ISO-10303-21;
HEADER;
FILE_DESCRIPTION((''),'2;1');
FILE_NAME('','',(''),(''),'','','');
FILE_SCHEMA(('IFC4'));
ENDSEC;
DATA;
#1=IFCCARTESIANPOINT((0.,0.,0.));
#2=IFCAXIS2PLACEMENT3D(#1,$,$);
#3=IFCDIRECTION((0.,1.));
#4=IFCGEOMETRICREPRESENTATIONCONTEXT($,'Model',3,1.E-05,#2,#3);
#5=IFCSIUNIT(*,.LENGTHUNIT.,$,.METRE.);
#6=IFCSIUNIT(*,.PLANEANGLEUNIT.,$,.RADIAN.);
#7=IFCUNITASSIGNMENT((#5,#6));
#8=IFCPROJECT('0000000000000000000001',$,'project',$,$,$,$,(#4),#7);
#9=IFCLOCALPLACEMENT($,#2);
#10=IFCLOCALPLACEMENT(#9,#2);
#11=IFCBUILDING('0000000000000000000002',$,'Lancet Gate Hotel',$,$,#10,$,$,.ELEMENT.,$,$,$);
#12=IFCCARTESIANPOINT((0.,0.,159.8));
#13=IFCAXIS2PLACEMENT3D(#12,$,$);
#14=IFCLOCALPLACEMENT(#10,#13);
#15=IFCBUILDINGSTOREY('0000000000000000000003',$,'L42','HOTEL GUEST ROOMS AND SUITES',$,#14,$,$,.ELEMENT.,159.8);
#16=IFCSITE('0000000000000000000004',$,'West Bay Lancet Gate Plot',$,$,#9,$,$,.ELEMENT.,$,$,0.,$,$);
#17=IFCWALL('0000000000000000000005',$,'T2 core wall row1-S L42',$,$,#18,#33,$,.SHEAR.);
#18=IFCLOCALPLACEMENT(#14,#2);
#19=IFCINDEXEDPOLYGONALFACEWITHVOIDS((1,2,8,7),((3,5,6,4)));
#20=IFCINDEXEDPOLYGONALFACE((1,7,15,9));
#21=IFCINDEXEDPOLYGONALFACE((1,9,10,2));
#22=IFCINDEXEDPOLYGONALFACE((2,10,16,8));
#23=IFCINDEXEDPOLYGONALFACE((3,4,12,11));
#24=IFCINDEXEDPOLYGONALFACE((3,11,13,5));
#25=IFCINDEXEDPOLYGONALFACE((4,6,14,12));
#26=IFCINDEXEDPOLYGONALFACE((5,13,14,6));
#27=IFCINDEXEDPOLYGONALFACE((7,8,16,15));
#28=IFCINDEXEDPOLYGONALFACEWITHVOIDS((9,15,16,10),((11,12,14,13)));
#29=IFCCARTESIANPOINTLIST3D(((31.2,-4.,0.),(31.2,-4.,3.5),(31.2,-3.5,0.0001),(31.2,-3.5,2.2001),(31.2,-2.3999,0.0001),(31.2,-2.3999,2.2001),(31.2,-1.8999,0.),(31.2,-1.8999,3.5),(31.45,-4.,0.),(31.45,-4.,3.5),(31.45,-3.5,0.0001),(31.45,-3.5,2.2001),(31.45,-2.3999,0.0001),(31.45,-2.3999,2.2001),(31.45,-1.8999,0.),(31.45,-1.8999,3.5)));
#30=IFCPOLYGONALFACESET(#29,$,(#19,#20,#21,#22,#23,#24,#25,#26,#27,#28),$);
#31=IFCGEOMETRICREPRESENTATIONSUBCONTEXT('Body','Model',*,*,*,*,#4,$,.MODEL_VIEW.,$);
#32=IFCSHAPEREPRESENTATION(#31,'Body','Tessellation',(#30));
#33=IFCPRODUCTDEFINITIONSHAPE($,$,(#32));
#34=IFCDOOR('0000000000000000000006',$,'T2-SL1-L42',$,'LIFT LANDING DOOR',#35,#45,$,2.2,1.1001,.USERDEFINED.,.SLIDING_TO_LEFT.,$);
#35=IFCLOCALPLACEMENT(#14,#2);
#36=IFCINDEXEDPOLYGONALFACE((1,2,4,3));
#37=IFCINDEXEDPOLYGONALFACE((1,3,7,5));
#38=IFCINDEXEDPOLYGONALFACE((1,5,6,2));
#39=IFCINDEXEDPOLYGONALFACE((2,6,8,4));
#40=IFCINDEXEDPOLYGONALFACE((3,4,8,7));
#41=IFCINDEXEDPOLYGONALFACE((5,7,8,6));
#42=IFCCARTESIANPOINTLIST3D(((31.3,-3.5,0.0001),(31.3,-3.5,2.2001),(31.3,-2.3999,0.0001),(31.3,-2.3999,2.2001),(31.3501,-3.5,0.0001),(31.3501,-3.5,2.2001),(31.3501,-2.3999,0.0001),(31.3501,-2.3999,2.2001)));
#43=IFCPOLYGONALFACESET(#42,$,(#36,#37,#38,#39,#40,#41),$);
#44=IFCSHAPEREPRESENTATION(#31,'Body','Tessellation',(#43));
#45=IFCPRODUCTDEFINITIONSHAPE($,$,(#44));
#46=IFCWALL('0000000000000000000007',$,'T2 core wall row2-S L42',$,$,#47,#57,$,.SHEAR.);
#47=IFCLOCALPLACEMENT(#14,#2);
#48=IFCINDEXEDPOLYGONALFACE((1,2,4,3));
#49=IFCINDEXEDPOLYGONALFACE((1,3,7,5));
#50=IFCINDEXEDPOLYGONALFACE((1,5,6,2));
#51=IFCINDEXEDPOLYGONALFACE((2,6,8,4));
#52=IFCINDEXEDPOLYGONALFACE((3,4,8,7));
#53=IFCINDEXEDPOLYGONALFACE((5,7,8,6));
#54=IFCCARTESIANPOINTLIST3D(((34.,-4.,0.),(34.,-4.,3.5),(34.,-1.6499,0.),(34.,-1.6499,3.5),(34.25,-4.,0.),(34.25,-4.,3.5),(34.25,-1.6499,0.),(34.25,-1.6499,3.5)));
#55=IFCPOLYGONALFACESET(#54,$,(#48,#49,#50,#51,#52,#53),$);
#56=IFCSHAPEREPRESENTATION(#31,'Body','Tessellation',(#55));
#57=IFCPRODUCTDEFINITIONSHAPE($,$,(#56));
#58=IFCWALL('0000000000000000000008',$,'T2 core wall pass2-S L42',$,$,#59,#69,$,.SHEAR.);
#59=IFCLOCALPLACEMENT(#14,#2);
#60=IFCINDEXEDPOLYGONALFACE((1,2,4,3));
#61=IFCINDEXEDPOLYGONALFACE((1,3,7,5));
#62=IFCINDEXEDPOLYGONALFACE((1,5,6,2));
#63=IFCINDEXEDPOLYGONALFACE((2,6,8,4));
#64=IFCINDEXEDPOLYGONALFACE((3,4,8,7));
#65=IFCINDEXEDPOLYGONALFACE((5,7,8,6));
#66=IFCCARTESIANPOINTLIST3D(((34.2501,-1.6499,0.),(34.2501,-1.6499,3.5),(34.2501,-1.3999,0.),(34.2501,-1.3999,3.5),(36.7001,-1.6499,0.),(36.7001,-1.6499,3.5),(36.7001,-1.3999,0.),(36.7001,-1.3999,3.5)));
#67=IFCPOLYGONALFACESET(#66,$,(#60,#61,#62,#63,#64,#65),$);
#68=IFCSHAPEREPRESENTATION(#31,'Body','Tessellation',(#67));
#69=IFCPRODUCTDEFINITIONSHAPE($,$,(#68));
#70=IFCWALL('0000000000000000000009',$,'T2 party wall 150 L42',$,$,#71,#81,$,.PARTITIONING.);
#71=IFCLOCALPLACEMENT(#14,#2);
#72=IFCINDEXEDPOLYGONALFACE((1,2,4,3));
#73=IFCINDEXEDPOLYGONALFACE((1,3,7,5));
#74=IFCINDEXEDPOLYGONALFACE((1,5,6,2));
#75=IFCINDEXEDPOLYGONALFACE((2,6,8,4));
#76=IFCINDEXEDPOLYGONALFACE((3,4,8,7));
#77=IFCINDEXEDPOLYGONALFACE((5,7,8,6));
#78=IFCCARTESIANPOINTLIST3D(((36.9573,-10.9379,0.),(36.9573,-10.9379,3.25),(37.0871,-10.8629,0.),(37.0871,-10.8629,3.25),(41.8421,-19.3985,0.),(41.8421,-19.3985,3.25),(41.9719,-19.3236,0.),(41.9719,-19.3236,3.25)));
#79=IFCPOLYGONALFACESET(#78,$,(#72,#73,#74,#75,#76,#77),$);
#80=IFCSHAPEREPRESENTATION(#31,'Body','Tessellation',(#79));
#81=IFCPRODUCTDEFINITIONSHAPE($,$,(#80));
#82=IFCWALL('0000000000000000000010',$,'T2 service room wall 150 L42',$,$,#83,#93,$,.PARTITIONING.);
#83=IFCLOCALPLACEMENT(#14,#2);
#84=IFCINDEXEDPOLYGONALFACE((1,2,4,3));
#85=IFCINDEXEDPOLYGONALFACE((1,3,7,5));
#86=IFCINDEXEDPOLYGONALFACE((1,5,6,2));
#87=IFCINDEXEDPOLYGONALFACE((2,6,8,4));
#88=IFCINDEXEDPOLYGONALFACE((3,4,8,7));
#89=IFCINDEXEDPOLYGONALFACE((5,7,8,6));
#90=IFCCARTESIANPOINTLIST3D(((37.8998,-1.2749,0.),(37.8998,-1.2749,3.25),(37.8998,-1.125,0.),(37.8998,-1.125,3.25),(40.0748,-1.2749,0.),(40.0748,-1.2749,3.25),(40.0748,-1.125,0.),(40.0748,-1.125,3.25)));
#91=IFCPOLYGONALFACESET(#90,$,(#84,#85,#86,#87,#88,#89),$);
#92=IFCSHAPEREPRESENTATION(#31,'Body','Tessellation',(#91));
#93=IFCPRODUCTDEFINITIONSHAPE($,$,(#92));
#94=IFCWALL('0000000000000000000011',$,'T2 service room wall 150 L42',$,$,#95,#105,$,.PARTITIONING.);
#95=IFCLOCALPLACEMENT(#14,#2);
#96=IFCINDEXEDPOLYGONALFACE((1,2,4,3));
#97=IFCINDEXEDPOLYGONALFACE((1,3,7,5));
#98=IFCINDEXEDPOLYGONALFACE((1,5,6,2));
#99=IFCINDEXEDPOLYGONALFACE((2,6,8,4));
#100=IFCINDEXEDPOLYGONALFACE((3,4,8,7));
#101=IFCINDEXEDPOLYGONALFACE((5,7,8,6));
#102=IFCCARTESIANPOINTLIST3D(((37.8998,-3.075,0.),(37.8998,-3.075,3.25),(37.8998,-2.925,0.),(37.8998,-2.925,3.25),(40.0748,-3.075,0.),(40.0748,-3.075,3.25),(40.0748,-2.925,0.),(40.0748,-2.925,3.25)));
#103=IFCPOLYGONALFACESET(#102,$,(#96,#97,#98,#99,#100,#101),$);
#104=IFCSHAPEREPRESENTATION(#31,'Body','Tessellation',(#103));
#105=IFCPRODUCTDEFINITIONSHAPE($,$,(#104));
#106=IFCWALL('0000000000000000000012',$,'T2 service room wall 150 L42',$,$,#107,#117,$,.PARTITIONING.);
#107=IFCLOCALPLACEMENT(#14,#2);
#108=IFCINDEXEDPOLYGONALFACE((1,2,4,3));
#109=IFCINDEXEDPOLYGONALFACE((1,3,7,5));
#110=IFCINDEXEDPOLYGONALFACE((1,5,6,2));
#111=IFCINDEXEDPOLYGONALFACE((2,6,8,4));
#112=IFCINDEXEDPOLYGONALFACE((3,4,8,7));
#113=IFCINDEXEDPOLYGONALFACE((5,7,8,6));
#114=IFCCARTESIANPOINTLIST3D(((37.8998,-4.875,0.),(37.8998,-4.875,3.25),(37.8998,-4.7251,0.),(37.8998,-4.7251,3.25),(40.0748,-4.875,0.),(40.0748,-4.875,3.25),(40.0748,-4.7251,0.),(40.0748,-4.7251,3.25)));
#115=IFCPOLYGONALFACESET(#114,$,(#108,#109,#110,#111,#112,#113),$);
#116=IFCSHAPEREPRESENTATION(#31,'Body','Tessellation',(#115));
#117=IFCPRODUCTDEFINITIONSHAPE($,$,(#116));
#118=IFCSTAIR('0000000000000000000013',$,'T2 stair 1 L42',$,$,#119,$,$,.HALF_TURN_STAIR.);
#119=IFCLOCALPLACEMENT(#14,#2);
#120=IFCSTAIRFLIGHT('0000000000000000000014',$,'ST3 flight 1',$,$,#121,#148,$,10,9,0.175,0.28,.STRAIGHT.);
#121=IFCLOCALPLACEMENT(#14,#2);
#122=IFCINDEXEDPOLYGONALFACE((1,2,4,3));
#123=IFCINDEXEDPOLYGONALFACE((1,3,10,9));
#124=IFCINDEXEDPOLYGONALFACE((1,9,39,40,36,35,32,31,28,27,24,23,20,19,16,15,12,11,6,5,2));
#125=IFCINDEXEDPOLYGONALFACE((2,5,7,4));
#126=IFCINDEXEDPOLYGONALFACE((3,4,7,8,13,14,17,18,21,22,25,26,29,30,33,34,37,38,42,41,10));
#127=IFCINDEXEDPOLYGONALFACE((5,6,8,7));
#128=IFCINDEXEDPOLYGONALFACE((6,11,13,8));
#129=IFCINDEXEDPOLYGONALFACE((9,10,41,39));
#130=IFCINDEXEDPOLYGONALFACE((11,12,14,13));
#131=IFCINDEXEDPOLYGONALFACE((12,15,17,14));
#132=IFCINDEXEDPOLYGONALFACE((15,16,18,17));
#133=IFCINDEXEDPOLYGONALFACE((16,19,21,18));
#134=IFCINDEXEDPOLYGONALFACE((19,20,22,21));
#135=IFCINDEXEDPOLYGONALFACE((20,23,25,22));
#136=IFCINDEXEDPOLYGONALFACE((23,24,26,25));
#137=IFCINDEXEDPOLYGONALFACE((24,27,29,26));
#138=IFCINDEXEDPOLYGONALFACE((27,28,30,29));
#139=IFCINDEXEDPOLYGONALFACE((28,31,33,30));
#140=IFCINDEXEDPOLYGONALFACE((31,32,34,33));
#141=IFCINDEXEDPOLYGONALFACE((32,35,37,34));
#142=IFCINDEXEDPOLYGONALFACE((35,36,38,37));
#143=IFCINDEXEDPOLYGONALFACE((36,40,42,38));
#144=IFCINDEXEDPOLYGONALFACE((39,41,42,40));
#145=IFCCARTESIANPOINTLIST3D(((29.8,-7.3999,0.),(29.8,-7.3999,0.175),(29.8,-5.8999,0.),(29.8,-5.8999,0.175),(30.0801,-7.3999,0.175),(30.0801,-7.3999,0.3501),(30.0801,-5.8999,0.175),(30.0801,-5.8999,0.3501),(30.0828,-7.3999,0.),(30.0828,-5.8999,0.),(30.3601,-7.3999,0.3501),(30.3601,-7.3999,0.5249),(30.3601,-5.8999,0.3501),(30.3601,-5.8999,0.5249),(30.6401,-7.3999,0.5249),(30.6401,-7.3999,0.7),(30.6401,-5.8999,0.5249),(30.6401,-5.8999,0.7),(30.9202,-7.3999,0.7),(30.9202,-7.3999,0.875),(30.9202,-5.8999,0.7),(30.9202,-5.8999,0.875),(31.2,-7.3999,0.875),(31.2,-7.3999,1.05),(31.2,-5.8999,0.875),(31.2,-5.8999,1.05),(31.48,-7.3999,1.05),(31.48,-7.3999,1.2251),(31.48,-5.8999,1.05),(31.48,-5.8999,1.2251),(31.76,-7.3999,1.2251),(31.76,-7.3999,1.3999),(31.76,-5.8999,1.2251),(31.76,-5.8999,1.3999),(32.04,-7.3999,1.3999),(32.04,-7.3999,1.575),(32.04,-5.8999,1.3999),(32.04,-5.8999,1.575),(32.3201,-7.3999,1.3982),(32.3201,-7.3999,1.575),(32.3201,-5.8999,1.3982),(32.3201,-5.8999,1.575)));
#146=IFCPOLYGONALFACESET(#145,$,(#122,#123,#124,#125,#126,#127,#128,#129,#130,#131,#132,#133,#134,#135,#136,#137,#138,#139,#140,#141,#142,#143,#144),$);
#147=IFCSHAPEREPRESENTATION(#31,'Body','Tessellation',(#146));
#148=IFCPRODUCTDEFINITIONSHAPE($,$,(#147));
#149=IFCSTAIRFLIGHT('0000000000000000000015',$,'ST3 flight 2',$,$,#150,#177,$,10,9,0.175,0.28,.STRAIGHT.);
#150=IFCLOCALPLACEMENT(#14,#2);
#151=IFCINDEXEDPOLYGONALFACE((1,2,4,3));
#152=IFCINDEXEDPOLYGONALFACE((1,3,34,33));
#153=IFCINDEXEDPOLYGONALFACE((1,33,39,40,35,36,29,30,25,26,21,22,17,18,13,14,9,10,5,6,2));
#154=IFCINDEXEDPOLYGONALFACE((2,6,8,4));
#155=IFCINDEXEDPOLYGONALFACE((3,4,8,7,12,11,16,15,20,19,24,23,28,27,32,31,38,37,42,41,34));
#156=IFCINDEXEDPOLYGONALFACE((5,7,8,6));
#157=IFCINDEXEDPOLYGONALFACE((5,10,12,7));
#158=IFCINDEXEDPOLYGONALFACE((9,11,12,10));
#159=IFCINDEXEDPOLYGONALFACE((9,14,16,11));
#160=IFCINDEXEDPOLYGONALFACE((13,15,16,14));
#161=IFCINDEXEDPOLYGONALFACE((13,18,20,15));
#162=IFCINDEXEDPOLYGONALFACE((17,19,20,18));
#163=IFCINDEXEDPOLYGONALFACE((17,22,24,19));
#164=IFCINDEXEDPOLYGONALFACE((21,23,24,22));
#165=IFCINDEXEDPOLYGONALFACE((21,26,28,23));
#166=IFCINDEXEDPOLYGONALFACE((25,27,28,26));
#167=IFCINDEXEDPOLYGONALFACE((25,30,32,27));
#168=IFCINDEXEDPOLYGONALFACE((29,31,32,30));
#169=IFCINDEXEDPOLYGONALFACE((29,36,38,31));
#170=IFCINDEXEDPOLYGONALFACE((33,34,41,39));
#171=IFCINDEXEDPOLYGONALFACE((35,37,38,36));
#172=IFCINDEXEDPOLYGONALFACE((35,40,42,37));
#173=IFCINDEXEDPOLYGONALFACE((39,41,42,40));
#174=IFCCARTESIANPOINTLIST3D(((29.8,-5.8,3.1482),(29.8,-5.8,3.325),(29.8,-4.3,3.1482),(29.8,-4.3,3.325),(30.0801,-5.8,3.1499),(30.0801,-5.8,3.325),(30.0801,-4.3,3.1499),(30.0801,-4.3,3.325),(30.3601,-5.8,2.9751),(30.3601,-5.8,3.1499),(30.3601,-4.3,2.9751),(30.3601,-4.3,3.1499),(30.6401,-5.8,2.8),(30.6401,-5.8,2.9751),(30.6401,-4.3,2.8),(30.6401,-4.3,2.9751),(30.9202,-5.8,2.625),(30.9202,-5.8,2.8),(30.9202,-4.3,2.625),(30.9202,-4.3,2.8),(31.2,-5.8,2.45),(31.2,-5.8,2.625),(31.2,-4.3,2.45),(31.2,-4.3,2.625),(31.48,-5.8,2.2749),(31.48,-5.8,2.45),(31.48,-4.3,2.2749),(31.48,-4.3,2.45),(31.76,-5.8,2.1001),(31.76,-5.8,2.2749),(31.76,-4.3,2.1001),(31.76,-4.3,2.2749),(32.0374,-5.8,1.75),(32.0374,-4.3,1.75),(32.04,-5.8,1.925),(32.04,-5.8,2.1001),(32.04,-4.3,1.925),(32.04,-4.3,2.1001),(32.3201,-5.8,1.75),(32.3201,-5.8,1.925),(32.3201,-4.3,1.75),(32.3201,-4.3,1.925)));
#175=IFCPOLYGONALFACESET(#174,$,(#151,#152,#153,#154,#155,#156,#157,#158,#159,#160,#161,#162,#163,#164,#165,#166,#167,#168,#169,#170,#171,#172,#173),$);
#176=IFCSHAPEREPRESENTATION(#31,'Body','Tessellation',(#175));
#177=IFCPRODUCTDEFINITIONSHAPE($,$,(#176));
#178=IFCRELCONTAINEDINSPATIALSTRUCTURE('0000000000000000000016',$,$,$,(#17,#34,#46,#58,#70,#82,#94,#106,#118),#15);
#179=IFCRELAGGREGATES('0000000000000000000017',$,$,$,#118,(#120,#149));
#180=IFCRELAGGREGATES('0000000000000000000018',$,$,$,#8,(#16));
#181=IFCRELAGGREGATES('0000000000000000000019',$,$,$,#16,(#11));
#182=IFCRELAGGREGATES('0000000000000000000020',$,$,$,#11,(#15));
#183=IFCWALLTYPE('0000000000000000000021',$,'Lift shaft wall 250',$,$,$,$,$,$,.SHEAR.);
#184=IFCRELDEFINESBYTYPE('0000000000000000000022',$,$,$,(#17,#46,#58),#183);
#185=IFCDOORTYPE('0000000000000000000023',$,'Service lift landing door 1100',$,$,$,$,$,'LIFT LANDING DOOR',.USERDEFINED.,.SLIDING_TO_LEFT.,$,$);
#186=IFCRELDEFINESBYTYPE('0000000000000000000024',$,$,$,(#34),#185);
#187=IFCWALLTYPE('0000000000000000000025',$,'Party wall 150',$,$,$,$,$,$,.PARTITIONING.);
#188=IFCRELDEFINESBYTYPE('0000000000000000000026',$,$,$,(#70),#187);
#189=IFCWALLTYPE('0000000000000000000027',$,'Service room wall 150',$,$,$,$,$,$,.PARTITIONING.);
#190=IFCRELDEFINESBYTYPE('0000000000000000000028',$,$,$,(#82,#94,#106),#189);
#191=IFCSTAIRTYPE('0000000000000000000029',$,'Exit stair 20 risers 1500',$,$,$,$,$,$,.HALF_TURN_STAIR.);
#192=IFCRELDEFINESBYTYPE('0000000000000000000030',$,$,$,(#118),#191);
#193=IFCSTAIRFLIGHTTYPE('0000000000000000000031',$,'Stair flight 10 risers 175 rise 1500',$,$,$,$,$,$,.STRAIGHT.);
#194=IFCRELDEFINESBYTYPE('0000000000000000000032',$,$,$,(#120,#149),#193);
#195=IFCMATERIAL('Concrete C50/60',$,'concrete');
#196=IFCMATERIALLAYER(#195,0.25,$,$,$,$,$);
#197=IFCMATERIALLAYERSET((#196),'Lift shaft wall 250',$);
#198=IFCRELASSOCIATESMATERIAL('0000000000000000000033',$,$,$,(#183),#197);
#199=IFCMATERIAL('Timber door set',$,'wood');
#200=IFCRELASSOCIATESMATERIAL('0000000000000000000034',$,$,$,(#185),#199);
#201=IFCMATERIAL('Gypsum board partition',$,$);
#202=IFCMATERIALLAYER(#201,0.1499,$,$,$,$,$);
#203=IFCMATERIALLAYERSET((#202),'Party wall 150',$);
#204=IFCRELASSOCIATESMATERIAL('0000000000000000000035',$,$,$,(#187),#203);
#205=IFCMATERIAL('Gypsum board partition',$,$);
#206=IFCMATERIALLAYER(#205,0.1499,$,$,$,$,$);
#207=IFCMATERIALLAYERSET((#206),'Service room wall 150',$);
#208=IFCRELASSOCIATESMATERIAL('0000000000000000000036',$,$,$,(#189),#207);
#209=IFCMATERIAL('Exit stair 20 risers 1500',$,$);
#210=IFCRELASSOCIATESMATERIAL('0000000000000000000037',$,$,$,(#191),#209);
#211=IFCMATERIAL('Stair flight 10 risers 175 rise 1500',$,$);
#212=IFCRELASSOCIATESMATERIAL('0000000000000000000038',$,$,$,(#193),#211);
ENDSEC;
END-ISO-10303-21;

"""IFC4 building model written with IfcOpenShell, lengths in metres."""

from ifc_helpers import new_model, si_unit, direction, frame, frame_2d, origin, place, context, subcontext, project, spatial, polyline, rectangle, outline, extrude, material, layer, layer_set, type_object, element, fill, aggregate, save


model = new_model("IFC4")

# Units and contexts
model_context = context("Model", 3, precision=1e-05, world=origin(), true_north=direction((0.0, 1.0)))
body_context = subcontext(model_context, "Body", "Model", "MODEL_VIEW")
ifc_project = project(units=[si_unit("LENGTHUNIT", "METRE"), si_unit("PLANEANGLEUNIT", "RADIAN")], contexts=[model_context])

# Site, building, storey
site_placement = place(None, origin())
site = spatial("IfcSite", under=ifc_project, at=site_placement, Name="West Bay Lancet Gate Plot", CompositionType="ELEMENT", RefElevation=0.0)
building_placement = place(site_placement, origin())
building = spatial("IfcBuilding", under=site, at=building_placement, Name="Lancet Gate Hotel", CompositionType="ELEMENT")
storey_placement = place(building_placement, frame((0.0, 0.0, 159.8)))
storey = spatial("IfcBuildingStorey", under=building, at=storey_placement, Name="L42", Description="HOTEL GUEST ROOMS AND SUITES", CompositionType="ELEMENT", Elevation=159.8)

# Wall, opening, door
ifc_material_1 = material(Name="Concrete C50/60", Category="concrete")
ifc_layer_1 = layer(ifc_material_1, 0.25)
ifc_layer_set_1 = layer_set([ifc_layer_1], Name="Lift shaft wall 250")
wall_type_1 = type_object("IfcWallType", Name="Lift shaft wall 250", PredefinedType="SHEAR", material=ifc_layer_set_1)
wall_1_placement = place(storey_placement, frame((31.325, -4.0, 0.0), z_axis=(0.0, 0.0, 1.0), x_axis=(0.0, 1.0, 0.0)))
wall_1 = element("IfcWall", 1, at=wall_1_placement, inside=storey, type_object=wall_type_1, Name="T2 core wall row1-S L42", PredefinedType="SHEAR", context=body_context, shape_type="SweptSolid", body=[
    extrude(rectangle(XDim=2.1001, YDim=0.25, at=frame_2d((1.05, 0.0))), origin(), (0.0, 0.0, 1.0), 3.5),
])
opening_1_placement = place(wall_1_placement, frame((0.5, 0.0, 0.0)))
opening_1 = element("IfcOpeningElement", 2, at=opening_1_placement, cuts=wall_1, PredefinedType="OPENING", context=body_context, shape_type="SweptSolid", body=[
    extrude(rectangle(XDim=1.1001, YDim=2.2, at=frame_2d((0.55, 1.1001))), frame((0.0, 0.135, 0.0), z_axis=(0.0, -1.0, 0.0), x_axis=(1.0, 0.0, 0.0)), (0.0, 0.0, 1.0), 0.27),
])
ifc_material_2 = material(Name="Timber door set", Category="wood")
door_type_1 = type_object("IfcDoorType", Name="Service lift landing door 1100", ElementType="LIFT LANDING DOOR", OperationType="SLIDING_TO_LEFT", PredefinedType="USERDEFINED", material=ifc_material_2)
door_1_placement = place(opening_1_placement, origin())
door_1 = element("IfcDoor", 3, at=door_1_placement, inside=storey, type_object=door_type_1, Name="T2-SL1-L42", ObjectType="LIFT LANDING DOOR", OperationType="SLIDING_TO_LEFT", OverallHeight=2.2, OverallWidth=1.1001, PredefinedType="USERDEFINED", context=body_context, shape_type="SweptSolid", body=[
    extrude(rectangle(XDim=1.1001, YDim=2.2, at=frame_2d((0.55, 1.1001))), frame((0.0, 0.0249, 0.0), z_axis=(0.0, -1.0, 0.0), x_axis=(1.0, 0.0, 0.0)), (0.0, 0.0, 1.0), 0.05),
])
fill(opening_1, door_1)

# Walls
wall_2_placement = place(storey_placement, frame((34.125, -4.0, 0.0), z_axis=(0.0, 0.0, 1.0), x_axis=(0.0, 1.0, 0.0)))
element("IfcWall", 4, at=wall_2_placement, inside=storey, type_object=wall_type_1, Name="T2 core wall row2-S L42", PredefinedType="SHEAR", context=body_context, shape_type="SweptSolid", body=[
    extrude(rectangle(XDim=2.3501, YDim=0.25, at=frame_2d((1.175, 0.0))), origin(), (0.0, 0.0, 1.0), 3.5),
])
wall_3_placement = place(storey_placement, frame((34.25, -1.5249, 0.0), z_axis=(0.0, 0.0, 1.0), x_axis=(1.0, 0.0, 0.0)))
element("IfcWall", 5, at=wall_3_placement, inside=storey, type_object=wall_type_1, Name="T2 core wall pass2-S L42", PredefinedType="SHEAR", context=body_context, shape_type="SweptSolid", body=[
    extrude(rectangle(XDim=2.45, YDim=0.25, at=frame_2d((1.2251, 0.0))), origin(), (0.0, 0.0, 1.0), 3.5),
])
ifc_material_3 = material(Name="Gypsum board partition")
ifc_layer_2 = layer(ifc_material_3, 0.1499)
ifc_layer_set_2 = layer_set([ifc_layer_2], Name="Party wall 150")
wall_type_2 = type_object("IfcWallType", Name="Party wall 150", PredefinedType="PARTITIONING", material=ifc_layer_set_2)
wall_4_placement = place(storey_placement, frame((37.0222, -10.9004, 0.0), z_axis=(0.0, 0.0, 1.0), x_axis=(0.499999, -0.866026, 0.0)))
element("IfcWall", 6, at=wall_4_placement, inside=storey, type_object=wall_type_2, Name="T2 party wall 150 L42", PredefinedType="PARTITIONING", context=body_context, shape_type="SweptSolid", body=[
    extrude(rectangle(XDim=9.7695, YDim=0.1499, at=frame_2d((4.8848, 0.0))), origin(), (0.0, 0.0, 1.0), 3.25),
])
ifc_material_4 = material(Name="Gypsum board partition")
ifc_layer_3 = layer(ifc_material_4, 0.1499)
ifc_layer_set_3 = layer_set([ifc_layer_3], Name="Service room wall 150")
wall_type_3 = type_object("IfcWallType", Name="Service room wall 150", PredefinedType="PARTITIONING", material=ifc_layer_set_3)
for number, where, z_axis, x_axis, name in (
    (7, (37.8999, -1.2, 0.0), (0.0, 0.0, 1.0), (1.0, 0.0, 0.0), "T2 service room wall 150 L42"),
    (8, (37.8999, -3.0, 0.0), (0.0, 0.0, 1.0), (1.0, 0.0, 0.0), "T2 service room wall 150 L42"),
    (9, (37.8999, -4.8, 0.0), (0.0, 0.0, 1.0), (1.0, 0.0, 0.0), "T2 service room wall 150 L42"),
):
    element("IfcWall", number, at=place(storey_placement, frame(where, z_axis=z_axis, x_axis=x_axis)), inside=storey, type_object=wall_type_3, Name=name, PredefinedType="PARTITIONING", context=body_context, shape_type="SweptSolid", body=[
        extrude(rectangle(XDim=2.175, YDim=0.1499, at=frame_2d((1.0874, 0.0))), origin(), (0.0, 0.0, 1.0), 3.25),
    ])

# Stair, stair flights
ifc_material_5 = material(Name="Exit stair 20 risers 1500")
stair_type = type_object("IfcStairType", Name="Exit stair 20 risers 1500", PredefinedType="HALF_TURN_STAIR", material=ifc_material_5)
stair_placement = place(storey_placement, origin())
stair = element("IfcStair", 10, at=stair_placement, inside=storey, type_object=stair_type, Name="T2 stair 1 L42", PredefinedType="HALF_TURN_STAIR")
ifc_material_6 = material(Name="Stair flight 10 risers 175 rise 1500")
stair_flight_type = type_object("IfcStairFlightType", Name="Stair flight 10 risers 175 rise 1500", PredefinedType="STRAIGHT", material=ifc_material_6)
stair_flight_1_placement = place(storey_placement, frame((29.8, -6.6499, 0.0), z_axis=(0.0, 0.0, 1.0), x_axis=(1.0, 0.0, 0.0)))
stair_flight_1 = element("IfcStairFlight", 11, at=stair_flight_1_placement, type_object=stair_flight_type, Name="ST3 flight 1", NumberOfRisers=10, NumberOfTreads=9, PredefinedType="STRAIGHT", RiserHeight=0.175, TreadLength=0.28, context=body_context, shape_type="SweptSolid", body=[
    extrude(outline(polyline([(0.0, 0.0), (0.0, 0.175), (0.28, 0.175), (0.28, 0.3501), (0.5601, 0.3501), (0.5601, 0.5249), (0.8401, 0.5249), (0.8401, 0.7), (1.1201, 0.7), (1.1201, 0.875), (1.3999, 0.875), (1.3999, 1.05), (1.6799, 1.05), (1.6799, 1.2251), (1.96, 1.2251), (1.96, 1.3999), (2.24, 1.3999), (2.24, 1.575), (2.52, 1.575), (2.52, 1.75), (2.52, 1.3982), (0.2827, 0.0), (0.0, 0.0)])), frame((0.0, 0.75, 0.0), z_axis=(0.0, -1.0, 0.0), x_axis=(1.0, 0.0, 0.0)), (0.0, 0.0, 1.0), 1.5),
])
stair_flight_2_placement = place(storey_placement, frame((32.3201, -5.05, 1.75), z_axis=(0.0, 0.0, 1.0), x_axis=(-1.0, 0.0, 0.0)))
stair_flight_2 = element("IfcStairFlight", 12, at=stair_flight_2_placement, type_object=stair_flight_type, Name="ST3 flight 2", NumberOfRisers=10, NumberOfTreads=9, PredefinedType="STRAIGHT", RiserHeight=0.175, TreadLength=0.28, context=body_context, shape_type="SweptSolid", body=[
    extrude(outline(polyline([(0.0, 0.0), (0.0, 0.175), (0.28, 0.175), (0.28, 0.3501), (0.5601, 0.3501), (0.5601, 0.5249), (0.8401, 0.5249), (0.8401, 0.7), (1.1201, 0.7), (1.1201, 0.875), (1.3999, 0.875), (1.3999, 1.05), (1.6799, 1.05), (1.6799, 1.2251), (1.96, 1.2251), (1.96, 1.3999), (2.24, 1.3999), (2.24, 1.575), (2.52, 1.575), (2.52, 1.75), (2.52, 1.3982), (0.2827, 0.0), (0.0, 0.0)])), frame((0.0, 0.75, 0.0), z_axis=(0.0, -1.0, 0.0), x_axis=(1.0, 0.0, 0.0)), (0.0, 0.0, 1.0), 1.5),
])
aggregate(stair, [stair_flight_1, stair_flight_2])

save(model, "model.ifc")
